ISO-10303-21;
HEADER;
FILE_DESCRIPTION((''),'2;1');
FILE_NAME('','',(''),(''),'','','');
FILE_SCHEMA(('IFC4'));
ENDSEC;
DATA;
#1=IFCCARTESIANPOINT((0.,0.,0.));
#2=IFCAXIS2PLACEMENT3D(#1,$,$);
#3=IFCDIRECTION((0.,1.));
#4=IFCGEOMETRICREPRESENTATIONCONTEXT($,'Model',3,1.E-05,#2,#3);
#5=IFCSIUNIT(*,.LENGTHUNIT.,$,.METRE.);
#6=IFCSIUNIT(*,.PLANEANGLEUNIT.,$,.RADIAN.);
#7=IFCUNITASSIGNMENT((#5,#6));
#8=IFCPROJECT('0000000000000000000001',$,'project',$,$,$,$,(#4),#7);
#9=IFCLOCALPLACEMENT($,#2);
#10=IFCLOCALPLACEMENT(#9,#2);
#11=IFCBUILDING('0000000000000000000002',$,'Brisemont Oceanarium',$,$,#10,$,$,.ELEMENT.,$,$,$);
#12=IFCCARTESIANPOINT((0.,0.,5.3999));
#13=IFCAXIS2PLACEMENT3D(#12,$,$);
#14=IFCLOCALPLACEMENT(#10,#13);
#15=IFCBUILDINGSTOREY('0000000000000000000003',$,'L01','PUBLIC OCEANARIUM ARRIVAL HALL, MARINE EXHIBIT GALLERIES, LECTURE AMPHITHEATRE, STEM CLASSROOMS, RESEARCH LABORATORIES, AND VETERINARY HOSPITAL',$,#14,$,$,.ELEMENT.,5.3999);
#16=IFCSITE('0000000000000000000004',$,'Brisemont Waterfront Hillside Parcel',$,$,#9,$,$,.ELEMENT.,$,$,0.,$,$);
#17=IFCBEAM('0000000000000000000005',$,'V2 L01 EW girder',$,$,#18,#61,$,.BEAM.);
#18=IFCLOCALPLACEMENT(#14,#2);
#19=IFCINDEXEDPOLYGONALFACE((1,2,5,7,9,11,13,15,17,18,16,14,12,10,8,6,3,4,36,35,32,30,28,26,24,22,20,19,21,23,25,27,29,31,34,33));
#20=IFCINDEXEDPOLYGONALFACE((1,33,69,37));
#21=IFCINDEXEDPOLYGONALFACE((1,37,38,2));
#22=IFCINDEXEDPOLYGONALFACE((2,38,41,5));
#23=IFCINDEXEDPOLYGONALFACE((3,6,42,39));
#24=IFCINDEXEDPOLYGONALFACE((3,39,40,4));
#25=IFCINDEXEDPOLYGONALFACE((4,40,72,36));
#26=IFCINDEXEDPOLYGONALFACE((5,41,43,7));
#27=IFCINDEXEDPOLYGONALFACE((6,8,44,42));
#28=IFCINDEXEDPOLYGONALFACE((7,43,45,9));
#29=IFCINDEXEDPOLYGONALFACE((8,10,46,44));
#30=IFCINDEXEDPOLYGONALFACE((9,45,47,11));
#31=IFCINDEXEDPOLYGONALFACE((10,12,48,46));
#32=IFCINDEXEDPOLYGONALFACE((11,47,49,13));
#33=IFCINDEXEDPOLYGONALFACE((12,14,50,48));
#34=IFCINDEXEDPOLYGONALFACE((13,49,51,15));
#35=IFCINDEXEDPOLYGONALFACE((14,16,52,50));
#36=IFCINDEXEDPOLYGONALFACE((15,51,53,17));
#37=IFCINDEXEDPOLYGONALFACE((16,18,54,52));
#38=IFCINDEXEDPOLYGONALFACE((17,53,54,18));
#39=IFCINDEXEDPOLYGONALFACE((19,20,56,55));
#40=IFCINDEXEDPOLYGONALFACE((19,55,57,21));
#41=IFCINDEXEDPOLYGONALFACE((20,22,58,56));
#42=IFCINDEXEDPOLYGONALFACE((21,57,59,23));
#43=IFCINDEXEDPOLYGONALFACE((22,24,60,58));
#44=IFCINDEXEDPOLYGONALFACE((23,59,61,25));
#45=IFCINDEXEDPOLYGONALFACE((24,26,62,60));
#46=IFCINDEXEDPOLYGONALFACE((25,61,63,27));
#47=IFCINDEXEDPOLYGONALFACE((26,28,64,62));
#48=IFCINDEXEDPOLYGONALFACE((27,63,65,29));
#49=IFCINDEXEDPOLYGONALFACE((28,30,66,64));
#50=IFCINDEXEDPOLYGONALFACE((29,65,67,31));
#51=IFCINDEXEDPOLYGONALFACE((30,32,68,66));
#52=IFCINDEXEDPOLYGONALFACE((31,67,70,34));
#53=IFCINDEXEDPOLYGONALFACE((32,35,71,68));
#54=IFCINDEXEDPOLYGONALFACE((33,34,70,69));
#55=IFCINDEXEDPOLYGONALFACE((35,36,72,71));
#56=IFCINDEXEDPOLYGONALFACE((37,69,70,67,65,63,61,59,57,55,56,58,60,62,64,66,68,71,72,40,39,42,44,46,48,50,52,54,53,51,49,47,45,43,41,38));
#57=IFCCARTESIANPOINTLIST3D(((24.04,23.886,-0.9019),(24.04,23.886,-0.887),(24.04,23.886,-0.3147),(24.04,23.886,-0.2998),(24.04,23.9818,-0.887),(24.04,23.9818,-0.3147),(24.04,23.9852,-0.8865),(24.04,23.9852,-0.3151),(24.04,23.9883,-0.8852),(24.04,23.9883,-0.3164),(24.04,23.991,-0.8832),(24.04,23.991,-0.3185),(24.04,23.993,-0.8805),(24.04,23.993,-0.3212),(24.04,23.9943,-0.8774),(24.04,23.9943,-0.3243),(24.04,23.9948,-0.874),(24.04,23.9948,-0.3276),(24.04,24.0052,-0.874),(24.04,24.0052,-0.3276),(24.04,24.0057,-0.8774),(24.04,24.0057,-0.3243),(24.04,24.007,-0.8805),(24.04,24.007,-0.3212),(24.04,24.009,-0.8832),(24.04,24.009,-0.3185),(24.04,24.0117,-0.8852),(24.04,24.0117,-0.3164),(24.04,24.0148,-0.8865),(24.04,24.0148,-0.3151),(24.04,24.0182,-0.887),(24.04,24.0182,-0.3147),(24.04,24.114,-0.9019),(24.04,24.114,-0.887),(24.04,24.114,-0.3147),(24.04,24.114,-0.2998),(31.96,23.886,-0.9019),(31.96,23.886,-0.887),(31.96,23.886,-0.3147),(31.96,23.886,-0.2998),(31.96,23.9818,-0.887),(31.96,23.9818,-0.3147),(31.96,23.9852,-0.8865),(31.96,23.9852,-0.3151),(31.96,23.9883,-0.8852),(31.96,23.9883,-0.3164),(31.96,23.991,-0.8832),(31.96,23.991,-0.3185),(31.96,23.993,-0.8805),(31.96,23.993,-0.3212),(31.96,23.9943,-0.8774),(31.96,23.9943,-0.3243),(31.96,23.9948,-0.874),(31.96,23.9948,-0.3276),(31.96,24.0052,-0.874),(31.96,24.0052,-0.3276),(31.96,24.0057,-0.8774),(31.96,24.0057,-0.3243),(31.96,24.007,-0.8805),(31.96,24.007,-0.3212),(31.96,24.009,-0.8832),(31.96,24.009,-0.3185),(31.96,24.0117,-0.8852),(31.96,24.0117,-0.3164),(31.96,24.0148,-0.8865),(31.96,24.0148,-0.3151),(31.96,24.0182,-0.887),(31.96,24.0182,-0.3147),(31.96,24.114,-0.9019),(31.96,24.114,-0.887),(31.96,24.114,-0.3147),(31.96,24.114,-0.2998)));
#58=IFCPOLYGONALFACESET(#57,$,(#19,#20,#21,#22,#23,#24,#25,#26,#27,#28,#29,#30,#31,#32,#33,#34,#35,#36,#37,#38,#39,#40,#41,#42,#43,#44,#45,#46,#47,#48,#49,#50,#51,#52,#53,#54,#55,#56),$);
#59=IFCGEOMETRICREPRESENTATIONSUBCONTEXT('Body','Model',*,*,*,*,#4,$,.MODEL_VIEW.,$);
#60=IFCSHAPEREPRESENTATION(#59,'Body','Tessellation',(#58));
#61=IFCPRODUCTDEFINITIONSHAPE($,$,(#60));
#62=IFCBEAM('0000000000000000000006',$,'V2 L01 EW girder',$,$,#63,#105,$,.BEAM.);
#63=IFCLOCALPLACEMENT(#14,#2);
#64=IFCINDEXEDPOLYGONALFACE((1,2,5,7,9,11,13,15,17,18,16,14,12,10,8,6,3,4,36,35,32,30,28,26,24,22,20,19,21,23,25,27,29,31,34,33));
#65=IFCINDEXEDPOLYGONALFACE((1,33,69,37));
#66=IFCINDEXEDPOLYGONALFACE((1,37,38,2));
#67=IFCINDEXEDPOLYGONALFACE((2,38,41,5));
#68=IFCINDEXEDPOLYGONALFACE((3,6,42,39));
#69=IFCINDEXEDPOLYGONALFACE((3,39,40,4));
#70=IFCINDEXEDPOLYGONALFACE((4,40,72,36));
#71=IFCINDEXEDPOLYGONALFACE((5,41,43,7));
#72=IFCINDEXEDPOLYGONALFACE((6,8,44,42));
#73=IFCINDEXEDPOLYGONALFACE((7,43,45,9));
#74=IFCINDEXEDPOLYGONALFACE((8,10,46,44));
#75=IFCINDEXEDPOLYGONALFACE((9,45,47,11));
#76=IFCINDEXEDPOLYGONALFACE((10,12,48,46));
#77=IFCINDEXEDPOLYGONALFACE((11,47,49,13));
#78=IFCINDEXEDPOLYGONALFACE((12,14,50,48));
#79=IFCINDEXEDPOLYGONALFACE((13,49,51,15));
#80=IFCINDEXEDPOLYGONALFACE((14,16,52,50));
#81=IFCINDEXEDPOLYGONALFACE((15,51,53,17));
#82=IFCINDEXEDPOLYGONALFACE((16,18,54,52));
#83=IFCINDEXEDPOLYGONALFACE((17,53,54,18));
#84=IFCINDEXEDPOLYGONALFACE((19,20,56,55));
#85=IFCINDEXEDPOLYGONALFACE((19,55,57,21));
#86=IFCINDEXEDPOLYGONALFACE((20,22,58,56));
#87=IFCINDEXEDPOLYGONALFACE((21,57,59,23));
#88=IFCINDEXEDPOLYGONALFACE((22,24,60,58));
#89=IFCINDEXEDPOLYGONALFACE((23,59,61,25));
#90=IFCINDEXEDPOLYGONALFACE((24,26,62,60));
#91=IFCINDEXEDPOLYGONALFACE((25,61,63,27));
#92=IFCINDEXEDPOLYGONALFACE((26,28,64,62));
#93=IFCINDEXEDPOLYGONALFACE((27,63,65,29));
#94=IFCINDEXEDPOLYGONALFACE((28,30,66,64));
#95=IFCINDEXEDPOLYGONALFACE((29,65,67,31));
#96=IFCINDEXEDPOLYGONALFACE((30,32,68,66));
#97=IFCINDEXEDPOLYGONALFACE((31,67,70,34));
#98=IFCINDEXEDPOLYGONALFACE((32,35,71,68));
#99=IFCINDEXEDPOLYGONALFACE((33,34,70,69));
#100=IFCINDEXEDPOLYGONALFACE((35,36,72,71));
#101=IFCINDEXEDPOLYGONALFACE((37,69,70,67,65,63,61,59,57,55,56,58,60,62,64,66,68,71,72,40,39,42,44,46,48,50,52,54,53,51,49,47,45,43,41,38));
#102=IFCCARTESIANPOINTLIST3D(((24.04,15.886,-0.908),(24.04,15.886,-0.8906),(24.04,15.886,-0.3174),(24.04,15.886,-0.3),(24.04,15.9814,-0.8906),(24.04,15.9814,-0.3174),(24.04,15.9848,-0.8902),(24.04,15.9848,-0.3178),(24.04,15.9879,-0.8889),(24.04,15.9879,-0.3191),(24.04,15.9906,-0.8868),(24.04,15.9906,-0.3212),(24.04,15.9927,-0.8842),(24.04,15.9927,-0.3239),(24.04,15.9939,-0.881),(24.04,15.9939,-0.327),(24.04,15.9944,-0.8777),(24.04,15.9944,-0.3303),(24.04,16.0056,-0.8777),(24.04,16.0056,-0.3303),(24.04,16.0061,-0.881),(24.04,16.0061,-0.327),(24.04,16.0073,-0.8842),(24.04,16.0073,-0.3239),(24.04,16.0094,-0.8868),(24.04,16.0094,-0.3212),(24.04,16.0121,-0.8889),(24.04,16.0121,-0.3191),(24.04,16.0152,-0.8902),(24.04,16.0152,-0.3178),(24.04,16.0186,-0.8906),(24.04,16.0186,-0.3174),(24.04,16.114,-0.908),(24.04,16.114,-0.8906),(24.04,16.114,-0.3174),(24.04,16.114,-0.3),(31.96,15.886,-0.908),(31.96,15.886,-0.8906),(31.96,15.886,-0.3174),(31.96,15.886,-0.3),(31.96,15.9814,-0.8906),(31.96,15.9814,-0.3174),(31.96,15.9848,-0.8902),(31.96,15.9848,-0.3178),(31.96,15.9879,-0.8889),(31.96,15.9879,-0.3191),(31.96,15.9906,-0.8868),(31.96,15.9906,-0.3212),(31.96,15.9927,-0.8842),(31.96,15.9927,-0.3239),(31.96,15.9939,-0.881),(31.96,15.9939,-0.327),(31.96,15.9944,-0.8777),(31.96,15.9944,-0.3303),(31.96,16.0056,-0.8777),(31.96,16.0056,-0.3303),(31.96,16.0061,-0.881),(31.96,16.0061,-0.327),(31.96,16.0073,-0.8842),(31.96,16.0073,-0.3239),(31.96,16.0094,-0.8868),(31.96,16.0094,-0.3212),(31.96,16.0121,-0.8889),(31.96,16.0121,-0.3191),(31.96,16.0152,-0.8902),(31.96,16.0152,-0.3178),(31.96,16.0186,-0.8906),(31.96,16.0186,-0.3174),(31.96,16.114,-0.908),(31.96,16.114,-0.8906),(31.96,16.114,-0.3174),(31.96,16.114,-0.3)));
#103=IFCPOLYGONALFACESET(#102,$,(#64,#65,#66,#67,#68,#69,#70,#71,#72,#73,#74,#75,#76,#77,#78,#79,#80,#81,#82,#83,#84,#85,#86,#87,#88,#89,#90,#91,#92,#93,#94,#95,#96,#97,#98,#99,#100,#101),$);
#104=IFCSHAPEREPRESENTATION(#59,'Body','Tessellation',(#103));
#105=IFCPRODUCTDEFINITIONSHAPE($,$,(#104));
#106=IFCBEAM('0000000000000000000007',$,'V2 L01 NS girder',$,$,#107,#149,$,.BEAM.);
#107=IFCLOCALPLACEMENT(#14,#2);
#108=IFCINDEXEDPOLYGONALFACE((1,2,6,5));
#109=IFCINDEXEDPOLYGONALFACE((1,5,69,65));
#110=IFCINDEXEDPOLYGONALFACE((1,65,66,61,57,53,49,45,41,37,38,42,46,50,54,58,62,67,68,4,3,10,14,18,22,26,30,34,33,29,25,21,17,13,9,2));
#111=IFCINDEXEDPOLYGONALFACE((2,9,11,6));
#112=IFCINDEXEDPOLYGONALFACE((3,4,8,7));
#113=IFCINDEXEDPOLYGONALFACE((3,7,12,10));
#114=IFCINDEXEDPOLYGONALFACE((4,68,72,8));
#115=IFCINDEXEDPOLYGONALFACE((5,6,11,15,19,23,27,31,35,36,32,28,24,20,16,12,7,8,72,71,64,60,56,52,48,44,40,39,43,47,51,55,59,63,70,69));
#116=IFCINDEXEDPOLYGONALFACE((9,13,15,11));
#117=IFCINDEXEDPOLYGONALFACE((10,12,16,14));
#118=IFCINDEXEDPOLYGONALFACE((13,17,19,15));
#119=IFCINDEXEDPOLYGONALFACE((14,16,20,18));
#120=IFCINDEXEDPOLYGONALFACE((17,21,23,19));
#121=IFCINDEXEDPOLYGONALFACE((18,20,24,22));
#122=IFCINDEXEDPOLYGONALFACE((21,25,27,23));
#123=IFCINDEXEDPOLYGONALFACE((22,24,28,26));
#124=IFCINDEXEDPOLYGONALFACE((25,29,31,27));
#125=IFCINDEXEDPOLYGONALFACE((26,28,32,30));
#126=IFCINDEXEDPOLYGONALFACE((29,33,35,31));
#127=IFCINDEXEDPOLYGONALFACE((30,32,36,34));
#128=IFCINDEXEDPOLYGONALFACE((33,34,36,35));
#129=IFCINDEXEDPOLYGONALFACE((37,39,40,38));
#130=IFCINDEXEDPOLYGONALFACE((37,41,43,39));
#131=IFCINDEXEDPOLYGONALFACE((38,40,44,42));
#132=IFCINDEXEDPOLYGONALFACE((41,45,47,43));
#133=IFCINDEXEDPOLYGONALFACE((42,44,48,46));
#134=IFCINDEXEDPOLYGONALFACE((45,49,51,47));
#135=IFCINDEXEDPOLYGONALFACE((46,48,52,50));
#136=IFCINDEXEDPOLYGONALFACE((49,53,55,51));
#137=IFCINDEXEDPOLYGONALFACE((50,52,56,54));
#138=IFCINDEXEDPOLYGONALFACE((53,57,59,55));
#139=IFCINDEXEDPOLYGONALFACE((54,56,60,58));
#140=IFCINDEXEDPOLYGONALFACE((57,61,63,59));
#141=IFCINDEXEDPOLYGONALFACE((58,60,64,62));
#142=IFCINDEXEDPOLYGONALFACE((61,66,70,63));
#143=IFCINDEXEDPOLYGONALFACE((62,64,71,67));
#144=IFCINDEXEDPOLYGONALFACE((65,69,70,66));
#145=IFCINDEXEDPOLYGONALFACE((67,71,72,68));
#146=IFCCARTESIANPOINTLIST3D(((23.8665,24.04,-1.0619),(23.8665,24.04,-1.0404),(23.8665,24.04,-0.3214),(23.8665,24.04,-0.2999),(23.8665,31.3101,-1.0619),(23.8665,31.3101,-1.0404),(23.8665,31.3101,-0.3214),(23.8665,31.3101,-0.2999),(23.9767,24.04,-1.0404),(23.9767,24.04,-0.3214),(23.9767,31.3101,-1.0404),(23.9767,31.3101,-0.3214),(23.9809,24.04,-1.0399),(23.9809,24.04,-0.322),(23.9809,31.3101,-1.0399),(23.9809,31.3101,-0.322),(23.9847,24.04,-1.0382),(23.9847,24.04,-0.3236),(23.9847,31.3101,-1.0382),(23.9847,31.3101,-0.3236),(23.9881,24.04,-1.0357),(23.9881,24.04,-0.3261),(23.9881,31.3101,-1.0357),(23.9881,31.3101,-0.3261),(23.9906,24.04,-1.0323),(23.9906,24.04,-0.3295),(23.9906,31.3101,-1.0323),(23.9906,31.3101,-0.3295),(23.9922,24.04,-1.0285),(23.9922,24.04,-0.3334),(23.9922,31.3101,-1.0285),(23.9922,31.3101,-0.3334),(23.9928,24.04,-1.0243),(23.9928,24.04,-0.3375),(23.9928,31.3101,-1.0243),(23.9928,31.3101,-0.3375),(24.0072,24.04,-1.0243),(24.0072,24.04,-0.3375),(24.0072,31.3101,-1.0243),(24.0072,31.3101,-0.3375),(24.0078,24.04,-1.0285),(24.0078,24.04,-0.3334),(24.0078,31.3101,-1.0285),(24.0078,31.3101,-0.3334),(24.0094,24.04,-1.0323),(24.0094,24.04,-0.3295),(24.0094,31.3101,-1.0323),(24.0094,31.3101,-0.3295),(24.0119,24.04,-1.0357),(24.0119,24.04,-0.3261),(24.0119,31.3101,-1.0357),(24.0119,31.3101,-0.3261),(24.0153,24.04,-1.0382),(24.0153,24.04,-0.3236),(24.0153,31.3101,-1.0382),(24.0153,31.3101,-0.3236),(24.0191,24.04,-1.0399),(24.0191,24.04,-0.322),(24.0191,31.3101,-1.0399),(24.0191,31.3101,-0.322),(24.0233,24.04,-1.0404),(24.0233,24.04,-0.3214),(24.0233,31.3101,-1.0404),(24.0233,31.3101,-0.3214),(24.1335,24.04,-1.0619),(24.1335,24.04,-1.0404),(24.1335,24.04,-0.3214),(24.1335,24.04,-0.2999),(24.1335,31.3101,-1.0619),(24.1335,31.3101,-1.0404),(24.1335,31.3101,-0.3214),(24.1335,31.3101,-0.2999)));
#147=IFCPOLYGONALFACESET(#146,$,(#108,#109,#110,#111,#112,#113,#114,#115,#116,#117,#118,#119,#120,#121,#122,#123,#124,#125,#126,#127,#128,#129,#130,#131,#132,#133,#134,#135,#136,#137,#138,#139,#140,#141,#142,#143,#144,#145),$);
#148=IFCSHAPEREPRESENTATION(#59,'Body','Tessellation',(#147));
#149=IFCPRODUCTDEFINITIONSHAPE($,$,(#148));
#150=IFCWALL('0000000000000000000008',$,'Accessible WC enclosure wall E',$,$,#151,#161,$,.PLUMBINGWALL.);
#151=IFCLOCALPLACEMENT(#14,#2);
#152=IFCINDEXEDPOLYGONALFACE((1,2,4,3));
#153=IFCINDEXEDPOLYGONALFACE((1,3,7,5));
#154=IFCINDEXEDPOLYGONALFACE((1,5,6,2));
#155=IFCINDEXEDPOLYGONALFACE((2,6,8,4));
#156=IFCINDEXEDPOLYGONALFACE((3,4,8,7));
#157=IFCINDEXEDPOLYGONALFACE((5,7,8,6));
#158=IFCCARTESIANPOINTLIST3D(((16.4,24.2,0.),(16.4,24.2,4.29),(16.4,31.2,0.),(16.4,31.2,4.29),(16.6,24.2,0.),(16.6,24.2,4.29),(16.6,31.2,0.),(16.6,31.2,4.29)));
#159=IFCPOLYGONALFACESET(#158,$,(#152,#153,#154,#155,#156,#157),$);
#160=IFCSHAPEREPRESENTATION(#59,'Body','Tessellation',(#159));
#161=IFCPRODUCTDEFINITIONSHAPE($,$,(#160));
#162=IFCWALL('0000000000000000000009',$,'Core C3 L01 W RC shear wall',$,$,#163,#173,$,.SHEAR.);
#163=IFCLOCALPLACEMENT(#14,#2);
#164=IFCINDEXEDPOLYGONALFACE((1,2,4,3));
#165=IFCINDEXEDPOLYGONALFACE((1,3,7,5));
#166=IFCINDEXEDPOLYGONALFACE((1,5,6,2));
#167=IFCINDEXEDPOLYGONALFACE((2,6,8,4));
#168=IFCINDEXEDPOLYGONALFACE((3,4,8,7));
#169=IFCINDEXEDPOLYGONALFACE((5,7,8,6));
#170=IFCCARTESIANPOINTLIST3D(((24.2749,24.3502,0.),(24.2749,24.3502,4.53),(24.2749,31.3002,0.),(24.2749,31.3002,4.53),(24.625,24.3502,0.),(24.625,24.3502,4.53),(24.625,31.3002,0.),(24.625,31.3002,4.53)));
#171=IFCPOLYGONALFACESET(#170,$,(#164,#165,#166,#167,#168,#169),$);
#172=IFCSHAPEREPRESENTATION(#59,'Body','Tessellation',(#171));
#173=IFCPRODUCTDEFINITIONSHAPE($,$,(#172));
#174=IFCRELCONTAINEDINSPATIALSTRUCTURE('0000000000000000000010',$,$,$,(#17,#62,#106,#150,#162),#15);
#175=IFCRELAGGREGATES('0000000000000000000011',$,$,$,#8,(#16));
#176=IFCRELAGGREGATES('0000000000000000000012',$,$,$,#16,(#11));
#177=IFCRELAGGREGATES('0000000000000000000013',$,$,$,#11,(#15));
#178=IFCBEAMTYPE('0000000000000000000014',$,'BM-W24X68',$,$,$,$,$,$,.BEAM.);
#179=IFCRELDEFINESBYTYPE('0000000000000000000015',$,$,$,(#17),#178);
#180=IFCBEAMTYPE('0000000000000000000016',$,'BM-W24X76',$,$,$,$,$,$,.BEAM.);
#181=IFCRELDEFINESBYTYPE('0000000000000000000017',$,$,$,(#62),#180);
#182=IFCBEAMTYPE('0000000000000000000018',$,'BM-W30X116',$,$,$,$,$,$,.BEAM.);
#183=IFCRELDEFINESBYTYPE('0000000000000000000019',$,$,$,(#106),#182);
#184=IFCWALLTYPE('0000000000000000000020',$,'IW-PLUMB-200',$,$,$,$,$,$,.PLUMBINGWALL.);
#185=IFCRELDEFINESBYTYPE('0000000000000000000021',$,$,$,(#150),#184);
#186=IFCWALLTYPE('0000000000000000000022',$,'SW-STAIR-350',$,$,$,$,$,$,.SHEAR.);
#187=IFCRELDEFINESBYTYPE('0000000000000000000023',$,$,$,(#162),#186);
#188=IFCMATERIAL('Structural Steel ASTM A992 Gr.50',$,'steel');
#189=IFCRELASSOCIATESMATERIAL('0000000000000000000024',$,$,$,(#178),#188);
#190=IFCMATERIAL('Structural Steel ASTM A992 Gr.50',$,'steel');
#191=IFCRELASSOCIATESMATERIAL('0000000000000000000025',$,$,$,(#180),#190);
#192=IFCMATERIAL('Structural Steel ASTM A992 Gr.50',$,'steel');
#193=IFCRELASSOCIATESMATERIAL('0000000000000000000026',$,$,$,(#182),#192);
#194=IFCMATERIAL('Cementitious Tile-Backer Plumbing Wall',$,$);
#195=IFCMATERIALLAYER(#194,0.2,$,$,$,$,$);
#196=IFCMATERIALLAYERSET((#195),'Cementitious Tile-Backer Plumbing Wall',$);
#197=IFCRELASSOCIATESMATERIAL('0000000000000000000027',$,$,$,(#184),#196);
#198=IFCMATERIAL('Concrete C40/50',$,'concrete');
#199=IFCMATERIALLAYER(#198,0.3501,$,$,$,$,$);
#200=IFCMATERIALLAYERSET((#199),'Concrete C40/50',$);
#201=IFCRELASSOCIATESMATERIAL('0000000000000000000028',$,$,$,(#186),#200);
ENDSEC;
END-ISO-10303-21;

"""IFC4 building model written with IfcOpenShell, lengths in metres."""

from ifc_helpers import new_model, si_unit, direction, frame, frame_2d, origin, origin_2d, place, context, subcontext, project, spatial, rectangle, i_section, extrude, material, layer, layer_set, material_profile, profile_set, type_object, element, save


model = new_model("IFC4")

# Units and contexts
model_context = context("Model", 3, precision=1e-05, world=origin(), true_north=direction((0.0, 1.0)))
body_context = subcontext(model_context, "Body", "Model", "MODEL_VIEW")
ifc_project = project(units=[si_unit("LENGTHUNIT", "METRE"), si_unit("PLANEANGLEUNIT", "RADIAN")], contexts=[model_context])

# Site, building, storey
site_placement = place(None, origin())
site = spatial("IfcSite", under=ifc_project, at=site_placement, Name="Brisemont Waterfront Hillside Parcel", CompositionType="ELEMENT", RefElevation=0.0)
building_placement = place(site_placement, origin())
building = spatial("IfcBuilding", under=site, at=building_placement, Name="Brisemont Oceanarium", CompositionType="ELEMENT")
storey_placement = place(building_placement, frame((0.0, 0.0, 5.3999)))
storey = spatial("IfcBuildingStorey", under=building, at=storey_placement, Name="L01", Description="PUBLIC OCEANARIUM ARRIVAL HALL, MARINE EXHIBIT GALLERIES, LECTURE AMPHITHEATRE, STEM CLASSROOMS, RESEARCH LABORATORIES, AND VETERINARY HOSPITAL", CompositionType="ELEMENT", Elevation=5.3999)

# Beams
ifc_material_1 = material(Name="Structural Steel ASTM A992 Gr.50", Category="steel")
ifc_material_profile_1 = material_profile(ifc_material_1, i_section(OverallWidth=0.228, OverallDepth=0.6021, WebThickness=0.0105, FlangeThickness=0.0149, FilletRadius=0.0129, at=origin_2d()), Name="W24X68")
ifc_profile_set_1 = profile_set([ifc_material_profile_1], Name="Structural Steel ASTM A992 Gr.50")
beam_type_1 = type_object("IfcBeamType", Name="BM-W24X68", PredefinedType="BEAM", material=ifc_profile_set_1)
beam_1_placement = place(storey_placement, frame((24.04, 24.0, -0.6008), z_axis=(1.0, 0.0, 0.0), x_axis=(0.0, 1.0, 0.0)))
element("IfcBeam", 1, at=beam_1_placement, inside=storey, type_object=beam_type_1, Name="V2 L01 EW girder", PredefinedType="BEAM", context=body_context, shape_type="SweptSolid", body=[
    extrude(i_section(OverallWidth=0.228, OverallDepth=0.6021, WebThickness=0.0105, FlangeThickness=0.0149, FilletRadius=0.0129, at=origin_2d()), origin(), (0.0, 0.0, 1.0), 7.9199),
])
ifc_material_2 = material(Name="Structural Steel ASTM A992 Gr.50", Category="steel")
ifc_material_profile_2 = material_profile(ifc_material_2, i_section(OverallWidth=0.228, OverallDepth=0.6079, WebThickness=0.0112, FlangeThickness=0.0173, FilletRadius=0.0129, at=origin_2d()), Name="W24X76")
ifc_profile_set_2 = profile_set([ifc_material_profile_2], Name="Structural Steel ASTM A992 Gr.50")
beam_type_2 = type_object("IfcBeamType", Name="BM-W24X76", PredefinedType="BEAM", material=ifc_profile_set_2)
beam_2_placement = place(storey_placement, frame((24.04, 16.0, -0.604), z_axis=(1.0, 0.0, 0.0), x_axis=(0.0, 1.0, 0.0)))
element("IfcBeam", 2, at=beam_2_placement, inside=storey, type_object=beam_type_2, Name="V2 L01 EW girder", PredefinedType="BEAM", context=body_context, shape_type="SweptSolid", body=[
    extrude(i_section(OverallWidth=0.228, OverallDepth=0.6079, WebThickness=0.0112, FlangeThickness=0.0173, FilletRadius=0.0129, at=origin_2d()), origin(), (0.0, 0.0, 1.0), 7.9199),
])
ifc_material_3 = material(Name="Structural Steel ASTM A992 Gr.50", Category="steel")
ifc_material_profile_3 = material_profile(ifc_material_3, i_section(OverallWidth=0.2671, OverallDepth=0.762, WebThickness=0.0144, FlangeThickness=0.0215, FilletRadius=0.0161, at=origin_2d()), Name="W30X116")
ifc_profile_set_3 = profile_set([ifc_material_profile_3], Name="Structural Steel ASTM A992 Gr.50")
beam_type_3 = type_object("IfcBeamType", Name="BM-W30X116", PredefinedType="BEAM", material=ifc_profile_set_3)
beam_3_placement = place(storey_placement, frame((24.0, 24.04, -0.6809), z_axis=(0.0, 1.0, 0.0), x_axis=(-1.0, 0.0, 0.0)))
element("IfcBeam", 3, at=beam_3_placement, inside=storey, type_object=beam_type_3, Name="V2 L01 NS girder", PredefinedType="BEAM", context=body_context, shape_type="SweptSolid", body=[
    extrude(i_section(OverallWidth=0.2671, OverallDepth=0.762, WebThickness=0.0144, FlangeThickness=0.0215, FilletRadius=0.0161, at=origin_2d()), origin(), (0.0, 0.0, 1.0), 7.27),
])

# Wall
ifc_material_4 = material(Name="Cementitious Tile-Backer Plumbing Wall")
ifc_layer_1 = layer(ifc_material_4, 0.2)
ifc_layer_set_1 = layer_set([ifc_layer_1], Name="Cementitious Tile-Backer Plumbing Wall")
wall_type_1 = type_object("IfcWallType", Name="IW-PLUMB-200", PredefinedType="PLUMBINGWALL", material=ifc_layer_set_1)
wall_1_placement = place(storey_placement, frame((16.5, 24.2, 0.0), z_axis=(0.0, 0.0, 1.0), x_axis=(0.0, 1.0, 0.0)))
element("IfcWall", 4, at=wall_1_placement, inside=storey, type_object=wall_type_1, Name="Accessible WC enclosure wall E", PredefinedType="PLUMBINGWALL", context=body_context, shape_type="SweptSolid", body=[
    extrude(rectangle(XDim=7.0, YDim=0.2, at=frame_2d((3.5, 0.0))), origin(), (0.0, 0.0, 1.0), 4.29),
])

# Shared definitions
ifc_material_5 = material(Name="Concrete C40/50", Category="concrete")
ifc_layer_2 = layer(ifc_material_5, 0.3501)
ifc_layer_set_2 = layer_set([ifc_layer_2], Name="Concrete C40/50")
wall_type_2 = type_object("IfcWallType", Name="SW-STAIR-350", PredefinedType="SHEAR", material=ifc_layer_set_2)

# Wall
wall_2_placement = place(storey_placement, frame((24.45, 24.3501, 0.0), z_axis=(0.0, 0.0, 1.0), x_axis=(0.0, 1.0, 0.0)))
element("IfcWall", 5, at=wall_2_placement, inside=storey, type_object=wall_type_2, Name="Core C3 L01 W RC shear wall", PredefinedType="SHEAR", context=body_context, shape_type="SweptSolid", body=[
    extrude(rectangle(XDim=6.95, YDim=0.3501, at=frame_2d((3.4751, 0.0))), origin(), (0.0, 0.0, 1.0), 4.53),
])

save(model, "model.ifc")
